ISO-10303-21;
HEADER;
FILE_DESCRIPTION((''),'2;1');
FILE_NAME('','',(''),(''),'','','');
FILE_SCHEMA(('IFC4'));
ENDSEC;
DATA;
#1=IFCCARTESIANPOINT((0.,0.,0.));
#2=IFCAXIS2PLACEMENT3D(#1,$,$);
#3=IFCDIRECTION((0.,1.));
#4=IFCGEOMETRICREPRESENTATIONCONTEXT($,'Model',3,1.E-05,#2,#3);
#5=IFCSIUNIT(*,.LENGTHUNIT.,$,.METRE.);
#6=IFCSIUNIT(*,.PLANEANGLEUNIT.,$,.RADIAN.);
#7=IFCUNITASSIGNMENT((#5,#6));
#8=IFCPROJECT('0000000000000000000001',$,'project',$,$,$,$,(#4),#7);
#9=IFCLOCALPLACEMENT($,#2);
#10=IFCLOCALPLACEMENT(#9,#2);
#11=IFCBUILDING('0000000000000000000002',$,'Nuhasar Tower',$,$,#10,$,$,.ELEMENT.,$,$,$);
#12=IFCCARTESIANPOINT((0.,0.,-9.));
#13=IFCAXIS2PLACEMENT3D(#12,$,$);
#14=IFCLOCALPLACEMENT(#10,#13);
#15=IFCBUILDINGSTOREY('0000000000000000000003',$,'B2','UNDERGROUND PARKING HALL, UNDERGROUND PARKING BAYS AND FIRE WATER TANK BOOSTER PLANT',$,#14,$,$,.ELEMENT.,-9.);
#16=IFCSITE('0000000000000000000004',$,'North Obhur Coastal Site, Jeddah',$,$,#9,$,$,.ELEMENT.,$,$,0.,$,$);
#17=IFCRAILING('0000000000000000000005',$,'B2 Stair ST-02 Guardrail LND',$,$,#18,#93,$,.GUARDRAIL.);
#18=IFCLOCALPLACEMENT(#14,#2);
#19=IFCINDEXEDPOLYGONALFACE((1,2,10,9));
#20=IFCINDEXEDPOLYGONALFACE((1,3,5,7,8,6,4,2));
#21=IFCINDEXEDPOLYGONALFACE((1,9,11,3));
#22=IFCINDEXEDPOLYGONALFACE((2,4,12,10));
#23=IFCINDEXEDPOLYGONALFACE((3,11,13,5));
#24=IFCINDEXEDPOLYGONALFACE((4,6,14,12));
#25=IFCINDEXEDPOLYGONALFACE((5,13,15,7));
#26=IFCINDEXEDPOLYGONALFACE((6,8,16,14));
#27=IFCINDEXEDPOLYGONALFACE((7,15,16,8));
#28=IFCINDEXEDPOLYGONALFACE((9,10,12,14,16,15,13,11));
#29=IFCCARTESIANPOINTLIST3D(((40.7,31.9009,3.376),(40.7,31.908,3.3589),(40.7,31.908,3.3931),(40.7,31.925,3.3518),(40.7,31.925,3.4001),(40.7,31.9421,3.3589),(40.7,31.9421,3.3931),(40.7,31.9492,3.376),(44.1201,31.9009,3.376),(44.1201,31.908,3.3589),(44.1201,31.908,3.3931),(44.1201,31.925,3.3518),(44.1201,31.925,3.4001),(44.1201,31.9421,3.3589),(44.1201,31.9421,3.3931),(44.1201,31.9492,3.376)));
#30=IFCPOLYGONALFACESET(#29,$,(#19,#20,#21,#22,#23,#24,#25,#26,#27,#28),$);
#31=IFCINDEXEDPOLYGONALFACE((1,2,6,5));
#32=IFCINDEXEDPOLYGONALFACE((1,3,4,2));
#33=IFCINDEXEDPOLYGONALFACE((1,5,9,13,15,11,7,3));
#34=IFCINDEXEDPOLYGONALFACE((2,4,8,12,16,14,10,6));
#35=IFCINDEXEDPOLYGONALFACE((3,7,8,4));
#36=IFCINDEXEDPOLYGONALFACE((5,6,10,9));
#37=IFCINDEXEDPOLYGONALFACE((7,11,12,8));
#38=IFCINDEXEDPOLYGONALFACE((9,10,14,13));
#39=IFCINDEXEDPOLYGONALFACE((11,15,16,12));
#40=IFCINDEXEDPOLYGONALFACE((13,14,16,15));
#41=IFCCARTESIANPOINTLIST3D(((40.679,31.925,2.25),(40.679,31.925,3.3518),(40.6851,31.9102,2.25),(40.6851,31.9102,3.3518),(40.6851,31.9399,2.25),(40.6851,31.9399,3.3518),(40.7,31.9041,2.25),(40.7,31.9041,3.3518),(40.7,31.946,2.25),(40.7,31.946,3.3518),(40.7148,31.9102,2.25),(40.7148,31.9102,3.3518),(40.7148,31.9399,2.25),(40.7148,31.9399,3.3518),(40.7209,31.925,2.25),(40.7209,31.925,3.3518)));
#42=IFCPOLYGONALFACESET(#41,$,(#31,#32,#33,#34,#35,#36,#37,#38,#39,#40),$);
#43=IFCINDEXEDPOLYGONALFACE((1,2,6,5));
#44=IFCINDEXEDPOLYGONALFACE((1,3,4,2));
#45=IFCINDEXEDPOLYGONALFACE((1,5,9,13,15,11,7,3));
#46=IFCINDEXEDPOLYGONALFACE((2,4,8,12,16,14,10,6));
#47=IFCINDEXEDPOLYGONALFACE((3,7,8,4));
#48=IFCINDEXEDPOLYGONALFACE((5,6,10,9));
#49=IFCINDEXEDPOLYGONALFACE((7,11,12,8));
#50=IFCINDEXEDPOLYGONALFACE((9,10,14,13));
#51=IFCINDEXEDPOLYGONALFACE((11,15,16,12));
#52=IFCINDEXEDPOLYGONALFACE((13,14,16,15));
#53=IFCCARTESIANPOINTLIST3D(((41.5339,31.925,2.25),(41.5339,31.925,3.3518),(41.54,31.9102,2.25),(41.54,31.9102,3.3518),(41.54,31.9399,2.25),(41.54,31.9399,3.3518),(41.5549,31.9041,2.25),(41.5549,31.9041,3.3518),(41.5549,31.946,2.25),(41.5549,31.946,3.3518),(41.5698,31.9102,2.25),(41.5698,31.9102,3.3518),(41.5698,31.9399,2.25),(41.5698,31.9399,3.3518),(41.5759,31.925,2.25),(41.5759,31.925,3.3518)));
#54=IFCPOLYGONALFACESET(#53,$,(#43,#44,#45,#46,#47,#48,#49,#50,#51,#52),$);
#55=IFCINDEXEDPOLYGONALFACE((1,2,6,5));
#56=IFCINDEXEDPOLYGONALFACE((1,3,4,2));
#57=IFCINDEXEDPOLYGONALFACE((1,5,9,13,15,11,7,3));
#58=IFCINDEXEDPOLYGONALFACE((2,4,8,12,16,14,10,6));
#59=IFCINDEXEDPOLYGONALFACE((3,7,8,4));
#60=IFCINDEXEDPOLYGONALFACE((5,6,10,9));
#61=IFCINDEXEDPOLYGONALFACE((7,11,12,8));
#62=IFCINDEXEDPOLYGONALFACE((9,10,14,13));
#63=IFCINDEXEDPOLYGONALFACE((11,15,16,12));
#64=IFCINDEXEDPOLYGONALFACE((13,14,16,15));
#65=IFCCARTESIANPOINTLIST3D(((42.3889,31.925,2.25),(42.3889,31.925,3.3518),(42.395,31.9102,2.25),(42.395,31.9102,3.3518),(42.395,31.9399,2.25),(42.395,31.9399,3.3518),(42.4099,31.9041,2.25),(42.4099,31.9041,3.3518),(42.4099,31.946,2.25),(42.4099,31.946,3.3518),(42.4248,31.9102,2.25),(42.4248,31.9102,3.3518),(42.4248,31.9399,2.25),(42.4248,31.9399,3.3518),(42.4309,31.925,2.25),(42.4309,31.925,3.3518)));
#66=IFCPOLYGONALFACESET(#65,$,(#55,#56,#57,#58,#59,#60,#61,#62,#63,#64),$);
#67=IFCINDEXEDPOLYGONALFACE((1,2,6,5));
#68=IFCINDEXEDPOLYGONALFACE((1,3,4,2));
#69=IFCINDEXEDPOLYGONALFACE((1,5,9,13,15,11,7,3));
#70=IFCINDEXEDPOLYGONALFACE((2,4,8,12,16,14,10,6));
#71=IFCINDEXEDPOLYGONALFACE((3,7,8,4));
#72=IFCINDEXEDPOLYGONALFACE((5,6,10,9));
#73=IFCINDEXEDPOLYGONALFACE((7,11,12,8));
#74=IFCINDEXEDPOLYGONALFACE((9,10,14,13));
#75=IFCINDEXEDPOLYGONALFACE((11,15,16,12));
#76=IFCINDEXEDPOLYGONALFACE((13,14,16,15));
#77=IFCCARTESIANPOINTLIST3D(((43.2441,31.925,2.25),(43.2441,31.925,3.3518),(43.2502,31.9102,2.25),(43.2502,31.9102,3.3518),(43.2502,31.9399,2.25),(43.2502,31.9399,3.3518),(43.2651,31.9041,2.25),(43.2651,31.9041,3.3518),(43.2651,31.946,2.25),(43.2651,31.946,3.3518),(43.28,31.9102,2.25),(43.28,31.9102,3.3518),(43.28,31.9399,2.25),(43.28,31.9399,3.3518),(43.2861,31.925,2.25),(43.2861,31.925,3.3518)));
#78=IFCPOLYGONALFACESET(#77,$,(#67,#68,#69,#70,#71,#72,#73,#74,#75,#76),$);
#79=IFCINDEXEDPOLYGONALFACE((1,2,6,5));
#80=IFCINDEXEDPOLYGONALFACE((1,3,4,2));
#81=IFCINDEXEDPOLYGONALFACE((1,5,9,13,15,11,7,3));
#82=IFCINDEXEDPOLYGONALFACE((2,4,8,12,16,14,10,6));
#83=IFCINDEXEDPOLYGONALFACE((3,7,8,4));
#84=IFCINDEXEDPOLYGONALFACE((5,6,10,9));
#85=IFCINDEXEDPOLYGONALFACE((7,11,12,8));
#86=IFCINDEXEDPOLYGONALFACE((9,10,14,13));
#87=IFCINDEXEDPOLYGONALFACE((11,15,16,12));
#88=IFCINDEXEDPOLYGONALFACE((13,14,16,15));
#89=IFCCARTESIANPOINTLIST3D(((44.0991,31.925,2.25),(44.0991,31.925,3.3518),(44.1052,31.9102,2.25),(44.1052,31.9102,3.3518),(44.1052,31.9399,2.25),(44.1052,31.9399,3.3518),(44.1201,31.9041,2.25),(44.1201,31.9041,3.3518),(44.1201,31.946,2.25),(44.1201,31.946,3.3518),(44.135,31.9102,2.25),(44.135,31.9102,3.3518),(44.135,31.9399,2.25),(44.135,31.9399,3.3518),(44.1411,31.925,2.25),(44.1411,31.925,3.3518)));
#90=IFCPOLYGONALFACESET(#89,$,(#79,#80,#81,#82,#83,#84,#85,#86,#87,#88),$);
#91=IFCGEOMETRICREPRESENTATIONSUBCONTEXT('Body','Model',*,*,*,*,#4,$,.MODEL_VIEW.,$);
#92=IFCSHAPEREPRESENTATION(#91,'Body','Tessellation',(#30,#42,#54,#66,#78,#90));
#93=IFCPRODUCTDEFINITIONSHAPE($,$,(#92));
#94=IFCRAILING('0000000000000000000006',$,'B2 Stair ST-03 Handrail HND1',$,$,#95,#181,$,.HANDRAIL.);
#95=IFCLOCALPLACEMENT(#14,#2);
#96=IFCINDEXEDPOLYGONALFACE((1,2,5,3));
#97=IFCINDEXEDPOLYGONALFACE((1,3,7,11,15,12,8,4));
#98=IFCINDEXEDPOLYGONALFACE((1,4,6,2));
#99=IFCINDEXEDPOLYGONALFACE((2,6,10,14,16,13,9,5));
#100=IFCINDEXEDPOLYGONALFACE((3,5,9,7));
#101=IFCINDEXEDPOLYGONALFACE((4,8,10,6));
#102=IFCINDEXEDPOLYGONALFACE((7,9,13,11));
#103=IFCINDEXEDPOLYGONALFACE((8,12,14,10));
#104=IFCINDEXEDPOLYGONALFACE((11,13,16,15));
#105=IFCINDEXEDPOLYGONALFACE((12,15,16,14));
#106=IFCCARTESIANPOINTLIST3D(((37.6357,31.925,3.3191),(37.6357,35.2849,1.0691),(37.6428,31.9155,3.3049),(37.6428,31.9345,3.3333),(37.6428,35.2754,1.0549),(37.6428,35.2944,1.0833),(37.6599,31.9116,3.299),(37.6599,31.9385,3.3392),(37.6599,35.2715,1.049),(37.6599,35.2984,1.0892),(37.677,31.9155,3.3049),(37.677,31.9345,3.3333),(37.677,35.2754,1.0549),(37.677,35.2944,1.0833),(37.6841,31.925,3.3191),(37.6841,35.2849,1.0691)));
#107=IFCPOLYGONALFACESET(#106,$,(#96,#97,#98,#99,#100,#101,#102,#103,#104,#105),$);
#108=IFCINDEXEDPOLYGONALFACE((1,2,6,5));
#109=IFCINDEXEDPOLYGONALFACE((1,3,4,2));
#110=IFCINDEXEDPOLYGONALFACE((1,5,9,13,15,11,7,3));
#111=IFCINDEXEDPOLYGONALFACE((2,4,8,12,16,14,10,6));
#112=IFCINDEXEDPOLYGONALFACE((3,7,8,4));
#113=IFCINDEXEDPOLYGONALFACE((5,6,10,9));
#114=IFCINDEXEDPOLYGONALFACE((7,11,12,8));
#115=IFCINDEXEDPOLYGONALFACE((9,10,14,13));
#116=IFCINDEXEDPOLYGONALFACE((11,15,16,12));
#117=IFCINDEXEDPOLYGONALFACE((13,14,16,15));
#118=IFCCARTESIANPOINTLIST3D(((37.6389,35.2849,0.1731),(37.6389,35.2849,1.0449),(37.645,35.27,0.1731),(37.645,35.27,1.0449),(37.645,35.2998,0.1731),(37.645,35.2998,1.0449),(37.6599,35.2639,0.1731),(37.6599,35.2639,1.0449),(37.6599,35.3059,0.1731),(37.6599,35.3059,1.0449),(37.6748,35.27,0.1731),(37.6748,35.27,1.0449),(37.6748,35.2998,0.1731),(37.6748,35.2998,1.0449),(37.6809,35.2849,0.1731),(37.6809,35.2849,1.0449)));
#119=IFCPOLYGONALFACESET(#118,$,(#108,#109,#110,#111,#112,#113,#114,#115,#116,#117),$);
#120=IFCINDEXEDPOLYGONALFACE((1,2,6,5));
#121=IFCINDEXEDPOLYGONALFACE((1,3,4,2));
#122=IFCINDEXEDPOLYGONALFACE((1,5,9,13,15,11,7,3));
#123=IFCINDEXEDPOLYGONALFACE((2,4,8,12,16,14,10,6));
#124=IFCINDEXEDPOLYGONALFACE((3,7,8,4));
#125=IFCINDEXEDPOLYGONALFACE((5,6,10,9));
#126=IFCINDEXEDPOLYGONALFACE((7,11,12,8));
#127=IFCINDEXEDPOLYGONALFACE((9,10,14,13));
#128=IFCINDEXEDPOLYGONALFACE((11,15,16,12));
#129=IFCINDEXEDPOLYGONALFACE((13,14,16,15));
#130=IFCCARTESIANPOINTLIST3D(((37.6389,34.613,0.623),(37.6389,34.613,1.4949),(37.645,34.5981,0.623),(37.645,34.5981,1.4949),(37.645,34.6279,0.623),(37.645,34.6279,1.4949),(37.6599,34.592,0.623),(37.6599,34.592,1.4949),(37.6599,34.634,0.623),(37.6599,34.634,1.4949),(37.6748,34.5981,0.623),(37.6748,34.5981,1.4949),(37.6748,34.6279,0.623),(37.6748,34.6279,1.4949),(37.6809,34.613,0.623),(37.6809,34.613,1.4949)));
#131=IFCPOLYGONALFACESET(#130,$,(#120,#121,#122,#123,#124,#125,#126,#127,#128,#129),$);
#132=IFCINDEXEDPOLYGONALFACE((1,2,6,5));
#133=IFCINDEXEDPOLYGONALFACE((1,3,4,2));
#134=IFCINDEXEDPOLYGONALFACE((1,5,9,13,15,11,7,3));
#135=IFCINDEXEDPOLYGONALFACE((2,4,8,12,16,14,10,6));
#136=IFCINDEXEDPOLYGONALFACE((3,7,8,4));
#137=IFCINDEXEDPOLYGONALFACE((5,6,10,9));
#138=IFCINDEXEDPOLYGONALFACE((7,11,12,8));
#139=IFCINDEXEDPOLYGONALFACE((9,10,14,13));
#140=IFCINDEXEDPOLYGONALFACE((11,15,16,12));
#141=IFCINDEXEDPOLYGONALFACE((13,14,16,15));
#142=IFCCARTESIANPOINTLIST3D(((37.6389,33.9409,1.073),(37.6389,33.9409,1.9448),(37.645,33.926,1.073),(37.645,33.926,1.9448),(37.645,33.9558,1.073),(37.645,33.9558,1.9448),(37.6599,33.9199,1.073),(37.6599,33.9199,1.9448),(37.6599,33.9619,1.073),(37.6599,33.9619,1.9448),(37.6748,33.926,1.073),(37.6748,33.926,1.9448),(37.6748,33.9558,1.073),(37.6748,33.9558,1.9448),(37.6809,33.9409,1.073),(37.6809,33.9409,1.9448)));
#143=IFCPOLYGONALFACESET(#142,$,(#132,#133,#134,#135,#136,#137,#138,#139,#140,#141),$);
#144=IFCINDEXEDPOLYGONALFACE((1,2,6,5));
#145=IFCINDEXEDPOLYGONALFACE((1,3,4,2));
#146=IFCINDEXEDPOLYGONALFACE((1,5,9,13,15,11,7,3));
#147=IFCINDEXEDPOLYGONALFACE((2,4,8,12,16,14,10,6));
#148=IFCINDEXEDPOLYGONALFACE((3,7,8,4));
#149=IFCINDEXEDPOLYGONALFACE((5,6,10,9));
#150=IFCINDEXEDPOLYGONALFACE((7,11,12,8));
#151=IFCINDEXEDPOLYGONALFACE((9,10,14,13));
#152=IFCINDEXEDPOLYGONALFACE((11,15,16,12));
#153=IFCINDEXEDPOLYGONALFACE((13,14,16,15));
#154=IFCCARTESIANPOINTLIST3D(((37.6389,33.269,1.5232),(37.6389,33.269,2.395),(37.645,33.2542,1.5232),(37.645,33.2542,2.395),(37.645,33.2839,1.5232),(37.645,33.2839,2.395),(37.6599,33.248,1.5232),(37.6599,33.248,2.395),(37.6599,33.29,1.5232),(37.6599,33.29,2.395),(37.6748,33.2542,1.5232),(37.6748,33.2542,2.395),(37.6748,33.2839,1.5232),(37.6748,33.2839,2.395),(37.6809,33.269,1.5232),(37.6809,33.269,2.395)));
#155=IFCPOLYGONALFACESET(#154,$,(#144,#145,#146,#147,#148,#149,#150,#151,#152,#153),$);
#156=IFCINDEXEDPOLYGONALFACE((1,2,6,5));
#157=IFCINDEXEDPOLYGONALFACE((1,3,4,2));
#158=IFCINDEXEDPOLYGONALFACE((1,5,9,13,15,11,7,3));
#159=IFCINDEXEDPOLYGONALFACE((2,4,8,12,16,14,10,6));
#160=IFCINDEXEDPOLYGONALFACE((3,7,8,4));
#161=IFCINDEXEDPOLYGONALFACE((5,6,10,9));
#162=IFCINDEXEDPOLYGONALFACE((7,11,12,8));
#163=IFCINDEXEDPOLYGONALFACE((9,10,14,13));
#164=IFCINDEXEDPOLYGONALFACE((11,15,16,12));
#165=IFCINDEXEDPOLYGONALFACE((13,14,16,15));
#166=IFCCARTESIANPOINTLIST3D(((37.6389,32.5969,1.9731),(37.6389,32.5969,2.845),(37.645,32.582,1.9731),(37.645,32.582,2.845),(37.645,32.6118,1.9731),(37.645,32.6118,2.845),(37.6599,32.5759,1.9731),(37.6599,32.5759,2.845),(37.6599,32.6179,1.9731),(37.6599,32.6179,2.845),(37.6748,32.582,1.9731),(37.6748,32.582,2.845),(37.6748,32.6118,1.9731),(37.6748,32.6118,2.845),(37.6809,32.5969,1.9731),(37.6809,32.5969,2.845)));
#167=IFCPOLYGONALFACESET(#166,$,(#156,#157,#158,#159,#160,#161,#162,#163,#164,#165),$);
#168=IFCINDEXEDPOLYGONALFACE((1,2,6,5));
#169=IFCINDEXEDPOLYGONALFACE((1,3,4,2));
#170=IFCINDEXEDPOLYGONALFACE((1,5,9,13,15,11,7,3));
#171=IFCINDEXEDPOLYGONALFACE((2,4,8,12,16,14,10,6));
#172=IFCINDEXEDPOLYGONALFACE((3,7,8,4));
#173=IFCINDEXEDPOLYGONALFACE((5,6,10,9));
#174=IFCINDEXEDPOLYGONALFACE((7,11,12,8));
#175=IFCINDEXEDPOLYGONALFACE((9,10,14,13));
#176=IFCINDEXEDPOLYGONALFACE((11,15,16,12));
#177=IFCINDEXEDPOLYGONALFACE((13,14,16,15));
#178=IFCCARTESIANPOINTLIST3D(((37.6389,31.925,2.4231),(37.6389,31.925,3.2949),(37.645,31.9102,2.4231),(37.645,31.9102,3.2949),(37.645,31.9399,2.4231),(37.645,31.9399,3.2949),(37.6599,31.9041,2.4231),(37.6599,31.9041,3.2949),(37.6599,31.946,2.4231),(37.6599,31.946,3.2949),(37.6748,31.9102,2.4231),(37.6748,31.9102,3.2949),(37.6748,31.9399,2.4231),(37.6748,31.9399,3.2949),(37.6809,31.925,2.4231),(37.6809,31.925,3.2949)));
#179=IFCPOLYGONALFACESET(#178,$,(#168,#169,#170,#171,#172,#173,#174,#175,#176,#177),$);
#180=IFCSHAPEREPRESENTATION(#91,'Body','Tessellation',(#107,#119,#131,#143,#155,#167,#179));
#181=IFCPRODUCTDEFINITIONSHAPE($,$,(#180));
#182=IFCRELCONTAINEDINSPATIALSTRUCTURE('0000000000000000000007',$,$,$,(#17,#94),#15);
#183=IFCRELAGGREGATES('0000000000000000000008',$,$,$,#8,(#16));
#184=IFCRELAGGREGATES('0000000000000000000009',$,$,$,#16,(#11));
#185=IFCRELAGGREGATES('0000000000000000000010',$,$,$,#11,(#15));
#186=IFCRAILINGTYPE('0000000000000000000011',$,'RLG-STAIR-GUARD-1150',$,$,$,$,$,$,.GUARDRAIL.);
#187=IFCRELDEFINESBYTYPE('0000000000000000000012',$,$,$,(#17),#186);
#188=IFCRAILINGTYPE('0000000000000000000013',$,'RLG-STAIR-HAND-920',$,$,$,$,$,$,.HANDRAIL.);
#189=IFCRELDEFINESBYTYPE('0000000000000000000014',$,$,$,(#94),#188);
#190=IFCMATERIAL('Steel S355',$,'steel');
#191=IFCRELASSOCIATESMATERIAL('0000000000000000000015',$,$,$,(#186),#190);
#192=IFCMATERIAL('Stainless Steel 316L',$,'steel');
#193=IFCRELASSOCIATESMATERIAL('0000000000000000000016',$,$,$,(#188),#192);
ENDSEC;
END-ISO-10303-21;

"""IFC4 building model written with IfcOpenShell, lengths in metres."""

from ifc_helpers import new_model, si_unit, direction, frame, origin, place, context, subcontext, project, spatial, polyline, outline, extrude, material, type_object, element, save


model = new_model("IFC4")

# Units and contexts
model_context = context("Model", 3, precision=1e-05, world=origin(), true_north=direction((0.0, 1.0)))
body_context = subcontext(model_context, "Body", "Model", "MODEL_VIEW")
ifc_project = project(units=[si_unit("LENGTHUNIT", "METRE"), si_unit("PLANEANGLEUNIT", "RADIAN")], contexts=[model_context])

# Site, building, storey
site_placement = place(None, origin())
site = spatial("IfcSite", under=ifc_project, at=site_placement, Name="North Obhur Coastal Site, Jeddah", CompositionType="ELEMENT", RefElevation=0.0)
building_placement = place(site_placement, origin())
building = spatial("IfcBuilding", under=site, at=building_placement, Name="Nuhasar Tower", CompositionType="ELEMENT")
storey_placement = place(building_placement, frame((0.0, 0.0, -9.0)))
storey = spatial("IfcBuildingStorey", under=building, at=storey_placement, Name="B2", Description="UNDERGROUND PARKING HALL, UNDERGROUND PARKING BAYS AND FIRE WATER TANK BOOSTER PLANT", CompositionType="ELEMENT", Elevation=-9.0)

# Shared definitions
ifc_material_1 = material(Name="Steel S355", Category="steel")

# Railings
railing_type_1 = type_object("IfcRailingType", Name="RLG-STAIR-GUARD-1150", PredefinedType="GUARDRAIL", material=ifc_material_1)
railing_1_placement = place(storey_placement, frame((40.7, 31.925, 2.25)))
element("IfcRailing", 1, at=railing_1_placement, inside=storey, type_object=railing_type_1, Name="B2 Stair ST-02 Guardrail LND", PredefinedType="GUARDRAIL", context=body_context, shape_type="SweptSolid", body=[
    extrude(outline(polyline([(0.0242, 0.0), (0.0171, 0.0171), (0.0, 0.0242), (-0.0171, 0.0171), (-0.0242, 0.0), (-0.0171, -0.0171), (0.0, -0.0242), (0.0171, -0.0171), (0.0242, 0.0)])), frame((0.0, 0.0, 1.126), z_axis=(1.0, 0.0, 0.0), x_axis=(0.0, 1.0, 0.0)), (0.0, 0.0, 1.0), 3.4202),
    extrude(outline(polyline([(0.021, 0.0), (0.0149, 0.0149), (0.0, 0.021), (-0.0149, 0.0149), (-0.021, 0.0), (-0.0149, -0.0149), (0.0, -0.021), (0.0149, -0.0149), (0.021, 0.0)])), origin(), (0.0, 0.0, 1.0), 1.1018),
    extrude(outline(polyline([(0.021, 0.0), (0.0149, 0.0149), (0.0, 0.021), (-0.0149, 0.0149), (-0.021, 0.0), (-0.0149, -0.0149), (0.0, -0.021), (0.0149, -0.0149), (0.021, 0.0)])), frame((0.855, 0.0, 0.0)), (0.0, 0.0, 1.0), 1.1018),
    extrude(outline(polyline([(0.021, 0.0), (0.0149, 0.0149), (0.0, 0.021), (-0.0149, 0.0149), (-0.021, 0.0), (-0.0149, -0.0149), (0.0, -0.021), (0.0149, -0.0149), (0.021, 0.0)])), frame((1.71, 0.0, 0.0)), (0.0, 0.0, 1.0), 1.1018),
    extrude(outline(polyline([(0.021, 0.0), (0.0149, 0.0149), (0.0, 0.021), (-0.0149, 0.0149), (-0.021, 0.0), (-0.0149, -0.0149), (0.0, -0.021), (0.0149, -0.0149), (0.021, 0.0)])), frame((2.5652, 0.0, 0.0)), (0.0, 0.0, 1.0), 1.1018),
    extrude(outline(polyline([(0.021, 0.0), (0.0149, 0.0149), (0.0, 0.021), (-0.0149, 0.0149), (-0.021, 0.0), (-0.0149, -0.0149), (0.0, -0.021), (0.0149, -0.0149), (0.021, 0.0)])), frame((3.4202, 0.0, 0.0)), (0.0, 0.0, 1.0), 1.1018),
])
ifc_material_2 = material(Name="Stainless Steel 316L", Category="steel")
railing_type_2 = type_object("IfcRailingType", Name="RLG-STAIR-HAND-920", PredefinedType="HANDRAIL", material=ifc_material_2)
railing_2_placement = place(storey_placement, frame((37.6599, 35.2849, 0.1731)))
element("IfcRailing", 2, at=railing_2_placement, inside=storey, type_object=railing_type_2, Name="B2 Stair ST-03 Handrail HND1", PredefinedType="HANDRAIL", context=body_context, shape_type="SweptSolid", body=[
    extrude(outline(polyline([(0.0242, 0.0), (0.0171, 0.0171), (0.0, 0.0242), (-0.0171, 0.0171), (-0.0242, 0.0), (-0.0171, -0.0171), (0.0, -0.0242), (0.0171, -0.0171), (0.0242, 0.0)])), frame((0.0, 0.0, 0.896), z_axis=(0.0, -0.830897, 0.556427), x_axis=(1.0, 0.0, 0.0)), (0.0, 0.0, 1.0), 4.0437),
    extrude(outline(polyline([(0.021, 0.0), (0.0149, 0.0149), (0.0, 0.021), (-0.0149, 0.0149), (-0.021, 0.0), (-0.0149, -0.0149), (0.0, -0.021), (0.0149, -0.0149), (0.021, 0.0)])), origin(), (0.0, 0.0, 1.0), 0.8718),
    extrude(outline(polyline([(0.021, 0.0), (0.0149, 0.0149), (0.0, 0.021), (-0.0149, 0.0149), (-0.021, 0.0), (-0.0149, -0.0149), (0.0, -0.021), (0.0149, -0.0149), (0.021, 0.0)])), frame((0.0, -0.6719, 0.45)), (0.0, 0.0, 1.0), 0.8718),
    extrude(outline(polyline([(0.021, 0.0), (0.0149, 0.0149), (0.0, 0.021), (-0.0149, 0.0149), (-0.021, 0.0), (-0.0149, -0.0149), (0.0, -0.021), (0.0149, -0.0149), (0.021, 0.0)])), frame((0.0, -1.344, 0.8999)), (0.0, 0.0, 1.0), 0.8718),
    extrude(outline(polyline([(0.021, 0.0), (0.0149, 0.0149), (0.0, 0.021), (-0.0149, 0.0149), (-0.021, 0.0), (-0.0149, -0.0149), (0.0, -0.021), (0.0149, -0.0149), (0.021, 0.0)])), frame((0.0, -2.0159, 1.3501)), (0.0, 0.0, 1.0), 0.8718),
    extrude(outline(polyline([(0.021, 0.0), (0.0149, 0.0149), (0.0, 0.021), (-0.0149, 0.0149), (-0.021, 0.0), (-0.0149, -0.0149), (0.0, -0.021), (0.0149, -0.0149), (0.021, 0.0)])), frame((0.0, -2.688, 1.8)), (0.0, 0.0, 1.0), 0.8718),
    extrude(outline(polyline([(0.021, 0.0), (0.0149, 0.0149), (0.0, 0.021), (-0.0149, 0.0149), (-0.021, 0.0), (-0.0149, -0.0149), (0.0, -0.021), (0.0149, -0.0149), (0.021, 0.0)])), frame((0.0, -3.3599, 2.25)), (0.0, 0.0, 1.0), 0.8718),
])

save(model, "model.ifc")
